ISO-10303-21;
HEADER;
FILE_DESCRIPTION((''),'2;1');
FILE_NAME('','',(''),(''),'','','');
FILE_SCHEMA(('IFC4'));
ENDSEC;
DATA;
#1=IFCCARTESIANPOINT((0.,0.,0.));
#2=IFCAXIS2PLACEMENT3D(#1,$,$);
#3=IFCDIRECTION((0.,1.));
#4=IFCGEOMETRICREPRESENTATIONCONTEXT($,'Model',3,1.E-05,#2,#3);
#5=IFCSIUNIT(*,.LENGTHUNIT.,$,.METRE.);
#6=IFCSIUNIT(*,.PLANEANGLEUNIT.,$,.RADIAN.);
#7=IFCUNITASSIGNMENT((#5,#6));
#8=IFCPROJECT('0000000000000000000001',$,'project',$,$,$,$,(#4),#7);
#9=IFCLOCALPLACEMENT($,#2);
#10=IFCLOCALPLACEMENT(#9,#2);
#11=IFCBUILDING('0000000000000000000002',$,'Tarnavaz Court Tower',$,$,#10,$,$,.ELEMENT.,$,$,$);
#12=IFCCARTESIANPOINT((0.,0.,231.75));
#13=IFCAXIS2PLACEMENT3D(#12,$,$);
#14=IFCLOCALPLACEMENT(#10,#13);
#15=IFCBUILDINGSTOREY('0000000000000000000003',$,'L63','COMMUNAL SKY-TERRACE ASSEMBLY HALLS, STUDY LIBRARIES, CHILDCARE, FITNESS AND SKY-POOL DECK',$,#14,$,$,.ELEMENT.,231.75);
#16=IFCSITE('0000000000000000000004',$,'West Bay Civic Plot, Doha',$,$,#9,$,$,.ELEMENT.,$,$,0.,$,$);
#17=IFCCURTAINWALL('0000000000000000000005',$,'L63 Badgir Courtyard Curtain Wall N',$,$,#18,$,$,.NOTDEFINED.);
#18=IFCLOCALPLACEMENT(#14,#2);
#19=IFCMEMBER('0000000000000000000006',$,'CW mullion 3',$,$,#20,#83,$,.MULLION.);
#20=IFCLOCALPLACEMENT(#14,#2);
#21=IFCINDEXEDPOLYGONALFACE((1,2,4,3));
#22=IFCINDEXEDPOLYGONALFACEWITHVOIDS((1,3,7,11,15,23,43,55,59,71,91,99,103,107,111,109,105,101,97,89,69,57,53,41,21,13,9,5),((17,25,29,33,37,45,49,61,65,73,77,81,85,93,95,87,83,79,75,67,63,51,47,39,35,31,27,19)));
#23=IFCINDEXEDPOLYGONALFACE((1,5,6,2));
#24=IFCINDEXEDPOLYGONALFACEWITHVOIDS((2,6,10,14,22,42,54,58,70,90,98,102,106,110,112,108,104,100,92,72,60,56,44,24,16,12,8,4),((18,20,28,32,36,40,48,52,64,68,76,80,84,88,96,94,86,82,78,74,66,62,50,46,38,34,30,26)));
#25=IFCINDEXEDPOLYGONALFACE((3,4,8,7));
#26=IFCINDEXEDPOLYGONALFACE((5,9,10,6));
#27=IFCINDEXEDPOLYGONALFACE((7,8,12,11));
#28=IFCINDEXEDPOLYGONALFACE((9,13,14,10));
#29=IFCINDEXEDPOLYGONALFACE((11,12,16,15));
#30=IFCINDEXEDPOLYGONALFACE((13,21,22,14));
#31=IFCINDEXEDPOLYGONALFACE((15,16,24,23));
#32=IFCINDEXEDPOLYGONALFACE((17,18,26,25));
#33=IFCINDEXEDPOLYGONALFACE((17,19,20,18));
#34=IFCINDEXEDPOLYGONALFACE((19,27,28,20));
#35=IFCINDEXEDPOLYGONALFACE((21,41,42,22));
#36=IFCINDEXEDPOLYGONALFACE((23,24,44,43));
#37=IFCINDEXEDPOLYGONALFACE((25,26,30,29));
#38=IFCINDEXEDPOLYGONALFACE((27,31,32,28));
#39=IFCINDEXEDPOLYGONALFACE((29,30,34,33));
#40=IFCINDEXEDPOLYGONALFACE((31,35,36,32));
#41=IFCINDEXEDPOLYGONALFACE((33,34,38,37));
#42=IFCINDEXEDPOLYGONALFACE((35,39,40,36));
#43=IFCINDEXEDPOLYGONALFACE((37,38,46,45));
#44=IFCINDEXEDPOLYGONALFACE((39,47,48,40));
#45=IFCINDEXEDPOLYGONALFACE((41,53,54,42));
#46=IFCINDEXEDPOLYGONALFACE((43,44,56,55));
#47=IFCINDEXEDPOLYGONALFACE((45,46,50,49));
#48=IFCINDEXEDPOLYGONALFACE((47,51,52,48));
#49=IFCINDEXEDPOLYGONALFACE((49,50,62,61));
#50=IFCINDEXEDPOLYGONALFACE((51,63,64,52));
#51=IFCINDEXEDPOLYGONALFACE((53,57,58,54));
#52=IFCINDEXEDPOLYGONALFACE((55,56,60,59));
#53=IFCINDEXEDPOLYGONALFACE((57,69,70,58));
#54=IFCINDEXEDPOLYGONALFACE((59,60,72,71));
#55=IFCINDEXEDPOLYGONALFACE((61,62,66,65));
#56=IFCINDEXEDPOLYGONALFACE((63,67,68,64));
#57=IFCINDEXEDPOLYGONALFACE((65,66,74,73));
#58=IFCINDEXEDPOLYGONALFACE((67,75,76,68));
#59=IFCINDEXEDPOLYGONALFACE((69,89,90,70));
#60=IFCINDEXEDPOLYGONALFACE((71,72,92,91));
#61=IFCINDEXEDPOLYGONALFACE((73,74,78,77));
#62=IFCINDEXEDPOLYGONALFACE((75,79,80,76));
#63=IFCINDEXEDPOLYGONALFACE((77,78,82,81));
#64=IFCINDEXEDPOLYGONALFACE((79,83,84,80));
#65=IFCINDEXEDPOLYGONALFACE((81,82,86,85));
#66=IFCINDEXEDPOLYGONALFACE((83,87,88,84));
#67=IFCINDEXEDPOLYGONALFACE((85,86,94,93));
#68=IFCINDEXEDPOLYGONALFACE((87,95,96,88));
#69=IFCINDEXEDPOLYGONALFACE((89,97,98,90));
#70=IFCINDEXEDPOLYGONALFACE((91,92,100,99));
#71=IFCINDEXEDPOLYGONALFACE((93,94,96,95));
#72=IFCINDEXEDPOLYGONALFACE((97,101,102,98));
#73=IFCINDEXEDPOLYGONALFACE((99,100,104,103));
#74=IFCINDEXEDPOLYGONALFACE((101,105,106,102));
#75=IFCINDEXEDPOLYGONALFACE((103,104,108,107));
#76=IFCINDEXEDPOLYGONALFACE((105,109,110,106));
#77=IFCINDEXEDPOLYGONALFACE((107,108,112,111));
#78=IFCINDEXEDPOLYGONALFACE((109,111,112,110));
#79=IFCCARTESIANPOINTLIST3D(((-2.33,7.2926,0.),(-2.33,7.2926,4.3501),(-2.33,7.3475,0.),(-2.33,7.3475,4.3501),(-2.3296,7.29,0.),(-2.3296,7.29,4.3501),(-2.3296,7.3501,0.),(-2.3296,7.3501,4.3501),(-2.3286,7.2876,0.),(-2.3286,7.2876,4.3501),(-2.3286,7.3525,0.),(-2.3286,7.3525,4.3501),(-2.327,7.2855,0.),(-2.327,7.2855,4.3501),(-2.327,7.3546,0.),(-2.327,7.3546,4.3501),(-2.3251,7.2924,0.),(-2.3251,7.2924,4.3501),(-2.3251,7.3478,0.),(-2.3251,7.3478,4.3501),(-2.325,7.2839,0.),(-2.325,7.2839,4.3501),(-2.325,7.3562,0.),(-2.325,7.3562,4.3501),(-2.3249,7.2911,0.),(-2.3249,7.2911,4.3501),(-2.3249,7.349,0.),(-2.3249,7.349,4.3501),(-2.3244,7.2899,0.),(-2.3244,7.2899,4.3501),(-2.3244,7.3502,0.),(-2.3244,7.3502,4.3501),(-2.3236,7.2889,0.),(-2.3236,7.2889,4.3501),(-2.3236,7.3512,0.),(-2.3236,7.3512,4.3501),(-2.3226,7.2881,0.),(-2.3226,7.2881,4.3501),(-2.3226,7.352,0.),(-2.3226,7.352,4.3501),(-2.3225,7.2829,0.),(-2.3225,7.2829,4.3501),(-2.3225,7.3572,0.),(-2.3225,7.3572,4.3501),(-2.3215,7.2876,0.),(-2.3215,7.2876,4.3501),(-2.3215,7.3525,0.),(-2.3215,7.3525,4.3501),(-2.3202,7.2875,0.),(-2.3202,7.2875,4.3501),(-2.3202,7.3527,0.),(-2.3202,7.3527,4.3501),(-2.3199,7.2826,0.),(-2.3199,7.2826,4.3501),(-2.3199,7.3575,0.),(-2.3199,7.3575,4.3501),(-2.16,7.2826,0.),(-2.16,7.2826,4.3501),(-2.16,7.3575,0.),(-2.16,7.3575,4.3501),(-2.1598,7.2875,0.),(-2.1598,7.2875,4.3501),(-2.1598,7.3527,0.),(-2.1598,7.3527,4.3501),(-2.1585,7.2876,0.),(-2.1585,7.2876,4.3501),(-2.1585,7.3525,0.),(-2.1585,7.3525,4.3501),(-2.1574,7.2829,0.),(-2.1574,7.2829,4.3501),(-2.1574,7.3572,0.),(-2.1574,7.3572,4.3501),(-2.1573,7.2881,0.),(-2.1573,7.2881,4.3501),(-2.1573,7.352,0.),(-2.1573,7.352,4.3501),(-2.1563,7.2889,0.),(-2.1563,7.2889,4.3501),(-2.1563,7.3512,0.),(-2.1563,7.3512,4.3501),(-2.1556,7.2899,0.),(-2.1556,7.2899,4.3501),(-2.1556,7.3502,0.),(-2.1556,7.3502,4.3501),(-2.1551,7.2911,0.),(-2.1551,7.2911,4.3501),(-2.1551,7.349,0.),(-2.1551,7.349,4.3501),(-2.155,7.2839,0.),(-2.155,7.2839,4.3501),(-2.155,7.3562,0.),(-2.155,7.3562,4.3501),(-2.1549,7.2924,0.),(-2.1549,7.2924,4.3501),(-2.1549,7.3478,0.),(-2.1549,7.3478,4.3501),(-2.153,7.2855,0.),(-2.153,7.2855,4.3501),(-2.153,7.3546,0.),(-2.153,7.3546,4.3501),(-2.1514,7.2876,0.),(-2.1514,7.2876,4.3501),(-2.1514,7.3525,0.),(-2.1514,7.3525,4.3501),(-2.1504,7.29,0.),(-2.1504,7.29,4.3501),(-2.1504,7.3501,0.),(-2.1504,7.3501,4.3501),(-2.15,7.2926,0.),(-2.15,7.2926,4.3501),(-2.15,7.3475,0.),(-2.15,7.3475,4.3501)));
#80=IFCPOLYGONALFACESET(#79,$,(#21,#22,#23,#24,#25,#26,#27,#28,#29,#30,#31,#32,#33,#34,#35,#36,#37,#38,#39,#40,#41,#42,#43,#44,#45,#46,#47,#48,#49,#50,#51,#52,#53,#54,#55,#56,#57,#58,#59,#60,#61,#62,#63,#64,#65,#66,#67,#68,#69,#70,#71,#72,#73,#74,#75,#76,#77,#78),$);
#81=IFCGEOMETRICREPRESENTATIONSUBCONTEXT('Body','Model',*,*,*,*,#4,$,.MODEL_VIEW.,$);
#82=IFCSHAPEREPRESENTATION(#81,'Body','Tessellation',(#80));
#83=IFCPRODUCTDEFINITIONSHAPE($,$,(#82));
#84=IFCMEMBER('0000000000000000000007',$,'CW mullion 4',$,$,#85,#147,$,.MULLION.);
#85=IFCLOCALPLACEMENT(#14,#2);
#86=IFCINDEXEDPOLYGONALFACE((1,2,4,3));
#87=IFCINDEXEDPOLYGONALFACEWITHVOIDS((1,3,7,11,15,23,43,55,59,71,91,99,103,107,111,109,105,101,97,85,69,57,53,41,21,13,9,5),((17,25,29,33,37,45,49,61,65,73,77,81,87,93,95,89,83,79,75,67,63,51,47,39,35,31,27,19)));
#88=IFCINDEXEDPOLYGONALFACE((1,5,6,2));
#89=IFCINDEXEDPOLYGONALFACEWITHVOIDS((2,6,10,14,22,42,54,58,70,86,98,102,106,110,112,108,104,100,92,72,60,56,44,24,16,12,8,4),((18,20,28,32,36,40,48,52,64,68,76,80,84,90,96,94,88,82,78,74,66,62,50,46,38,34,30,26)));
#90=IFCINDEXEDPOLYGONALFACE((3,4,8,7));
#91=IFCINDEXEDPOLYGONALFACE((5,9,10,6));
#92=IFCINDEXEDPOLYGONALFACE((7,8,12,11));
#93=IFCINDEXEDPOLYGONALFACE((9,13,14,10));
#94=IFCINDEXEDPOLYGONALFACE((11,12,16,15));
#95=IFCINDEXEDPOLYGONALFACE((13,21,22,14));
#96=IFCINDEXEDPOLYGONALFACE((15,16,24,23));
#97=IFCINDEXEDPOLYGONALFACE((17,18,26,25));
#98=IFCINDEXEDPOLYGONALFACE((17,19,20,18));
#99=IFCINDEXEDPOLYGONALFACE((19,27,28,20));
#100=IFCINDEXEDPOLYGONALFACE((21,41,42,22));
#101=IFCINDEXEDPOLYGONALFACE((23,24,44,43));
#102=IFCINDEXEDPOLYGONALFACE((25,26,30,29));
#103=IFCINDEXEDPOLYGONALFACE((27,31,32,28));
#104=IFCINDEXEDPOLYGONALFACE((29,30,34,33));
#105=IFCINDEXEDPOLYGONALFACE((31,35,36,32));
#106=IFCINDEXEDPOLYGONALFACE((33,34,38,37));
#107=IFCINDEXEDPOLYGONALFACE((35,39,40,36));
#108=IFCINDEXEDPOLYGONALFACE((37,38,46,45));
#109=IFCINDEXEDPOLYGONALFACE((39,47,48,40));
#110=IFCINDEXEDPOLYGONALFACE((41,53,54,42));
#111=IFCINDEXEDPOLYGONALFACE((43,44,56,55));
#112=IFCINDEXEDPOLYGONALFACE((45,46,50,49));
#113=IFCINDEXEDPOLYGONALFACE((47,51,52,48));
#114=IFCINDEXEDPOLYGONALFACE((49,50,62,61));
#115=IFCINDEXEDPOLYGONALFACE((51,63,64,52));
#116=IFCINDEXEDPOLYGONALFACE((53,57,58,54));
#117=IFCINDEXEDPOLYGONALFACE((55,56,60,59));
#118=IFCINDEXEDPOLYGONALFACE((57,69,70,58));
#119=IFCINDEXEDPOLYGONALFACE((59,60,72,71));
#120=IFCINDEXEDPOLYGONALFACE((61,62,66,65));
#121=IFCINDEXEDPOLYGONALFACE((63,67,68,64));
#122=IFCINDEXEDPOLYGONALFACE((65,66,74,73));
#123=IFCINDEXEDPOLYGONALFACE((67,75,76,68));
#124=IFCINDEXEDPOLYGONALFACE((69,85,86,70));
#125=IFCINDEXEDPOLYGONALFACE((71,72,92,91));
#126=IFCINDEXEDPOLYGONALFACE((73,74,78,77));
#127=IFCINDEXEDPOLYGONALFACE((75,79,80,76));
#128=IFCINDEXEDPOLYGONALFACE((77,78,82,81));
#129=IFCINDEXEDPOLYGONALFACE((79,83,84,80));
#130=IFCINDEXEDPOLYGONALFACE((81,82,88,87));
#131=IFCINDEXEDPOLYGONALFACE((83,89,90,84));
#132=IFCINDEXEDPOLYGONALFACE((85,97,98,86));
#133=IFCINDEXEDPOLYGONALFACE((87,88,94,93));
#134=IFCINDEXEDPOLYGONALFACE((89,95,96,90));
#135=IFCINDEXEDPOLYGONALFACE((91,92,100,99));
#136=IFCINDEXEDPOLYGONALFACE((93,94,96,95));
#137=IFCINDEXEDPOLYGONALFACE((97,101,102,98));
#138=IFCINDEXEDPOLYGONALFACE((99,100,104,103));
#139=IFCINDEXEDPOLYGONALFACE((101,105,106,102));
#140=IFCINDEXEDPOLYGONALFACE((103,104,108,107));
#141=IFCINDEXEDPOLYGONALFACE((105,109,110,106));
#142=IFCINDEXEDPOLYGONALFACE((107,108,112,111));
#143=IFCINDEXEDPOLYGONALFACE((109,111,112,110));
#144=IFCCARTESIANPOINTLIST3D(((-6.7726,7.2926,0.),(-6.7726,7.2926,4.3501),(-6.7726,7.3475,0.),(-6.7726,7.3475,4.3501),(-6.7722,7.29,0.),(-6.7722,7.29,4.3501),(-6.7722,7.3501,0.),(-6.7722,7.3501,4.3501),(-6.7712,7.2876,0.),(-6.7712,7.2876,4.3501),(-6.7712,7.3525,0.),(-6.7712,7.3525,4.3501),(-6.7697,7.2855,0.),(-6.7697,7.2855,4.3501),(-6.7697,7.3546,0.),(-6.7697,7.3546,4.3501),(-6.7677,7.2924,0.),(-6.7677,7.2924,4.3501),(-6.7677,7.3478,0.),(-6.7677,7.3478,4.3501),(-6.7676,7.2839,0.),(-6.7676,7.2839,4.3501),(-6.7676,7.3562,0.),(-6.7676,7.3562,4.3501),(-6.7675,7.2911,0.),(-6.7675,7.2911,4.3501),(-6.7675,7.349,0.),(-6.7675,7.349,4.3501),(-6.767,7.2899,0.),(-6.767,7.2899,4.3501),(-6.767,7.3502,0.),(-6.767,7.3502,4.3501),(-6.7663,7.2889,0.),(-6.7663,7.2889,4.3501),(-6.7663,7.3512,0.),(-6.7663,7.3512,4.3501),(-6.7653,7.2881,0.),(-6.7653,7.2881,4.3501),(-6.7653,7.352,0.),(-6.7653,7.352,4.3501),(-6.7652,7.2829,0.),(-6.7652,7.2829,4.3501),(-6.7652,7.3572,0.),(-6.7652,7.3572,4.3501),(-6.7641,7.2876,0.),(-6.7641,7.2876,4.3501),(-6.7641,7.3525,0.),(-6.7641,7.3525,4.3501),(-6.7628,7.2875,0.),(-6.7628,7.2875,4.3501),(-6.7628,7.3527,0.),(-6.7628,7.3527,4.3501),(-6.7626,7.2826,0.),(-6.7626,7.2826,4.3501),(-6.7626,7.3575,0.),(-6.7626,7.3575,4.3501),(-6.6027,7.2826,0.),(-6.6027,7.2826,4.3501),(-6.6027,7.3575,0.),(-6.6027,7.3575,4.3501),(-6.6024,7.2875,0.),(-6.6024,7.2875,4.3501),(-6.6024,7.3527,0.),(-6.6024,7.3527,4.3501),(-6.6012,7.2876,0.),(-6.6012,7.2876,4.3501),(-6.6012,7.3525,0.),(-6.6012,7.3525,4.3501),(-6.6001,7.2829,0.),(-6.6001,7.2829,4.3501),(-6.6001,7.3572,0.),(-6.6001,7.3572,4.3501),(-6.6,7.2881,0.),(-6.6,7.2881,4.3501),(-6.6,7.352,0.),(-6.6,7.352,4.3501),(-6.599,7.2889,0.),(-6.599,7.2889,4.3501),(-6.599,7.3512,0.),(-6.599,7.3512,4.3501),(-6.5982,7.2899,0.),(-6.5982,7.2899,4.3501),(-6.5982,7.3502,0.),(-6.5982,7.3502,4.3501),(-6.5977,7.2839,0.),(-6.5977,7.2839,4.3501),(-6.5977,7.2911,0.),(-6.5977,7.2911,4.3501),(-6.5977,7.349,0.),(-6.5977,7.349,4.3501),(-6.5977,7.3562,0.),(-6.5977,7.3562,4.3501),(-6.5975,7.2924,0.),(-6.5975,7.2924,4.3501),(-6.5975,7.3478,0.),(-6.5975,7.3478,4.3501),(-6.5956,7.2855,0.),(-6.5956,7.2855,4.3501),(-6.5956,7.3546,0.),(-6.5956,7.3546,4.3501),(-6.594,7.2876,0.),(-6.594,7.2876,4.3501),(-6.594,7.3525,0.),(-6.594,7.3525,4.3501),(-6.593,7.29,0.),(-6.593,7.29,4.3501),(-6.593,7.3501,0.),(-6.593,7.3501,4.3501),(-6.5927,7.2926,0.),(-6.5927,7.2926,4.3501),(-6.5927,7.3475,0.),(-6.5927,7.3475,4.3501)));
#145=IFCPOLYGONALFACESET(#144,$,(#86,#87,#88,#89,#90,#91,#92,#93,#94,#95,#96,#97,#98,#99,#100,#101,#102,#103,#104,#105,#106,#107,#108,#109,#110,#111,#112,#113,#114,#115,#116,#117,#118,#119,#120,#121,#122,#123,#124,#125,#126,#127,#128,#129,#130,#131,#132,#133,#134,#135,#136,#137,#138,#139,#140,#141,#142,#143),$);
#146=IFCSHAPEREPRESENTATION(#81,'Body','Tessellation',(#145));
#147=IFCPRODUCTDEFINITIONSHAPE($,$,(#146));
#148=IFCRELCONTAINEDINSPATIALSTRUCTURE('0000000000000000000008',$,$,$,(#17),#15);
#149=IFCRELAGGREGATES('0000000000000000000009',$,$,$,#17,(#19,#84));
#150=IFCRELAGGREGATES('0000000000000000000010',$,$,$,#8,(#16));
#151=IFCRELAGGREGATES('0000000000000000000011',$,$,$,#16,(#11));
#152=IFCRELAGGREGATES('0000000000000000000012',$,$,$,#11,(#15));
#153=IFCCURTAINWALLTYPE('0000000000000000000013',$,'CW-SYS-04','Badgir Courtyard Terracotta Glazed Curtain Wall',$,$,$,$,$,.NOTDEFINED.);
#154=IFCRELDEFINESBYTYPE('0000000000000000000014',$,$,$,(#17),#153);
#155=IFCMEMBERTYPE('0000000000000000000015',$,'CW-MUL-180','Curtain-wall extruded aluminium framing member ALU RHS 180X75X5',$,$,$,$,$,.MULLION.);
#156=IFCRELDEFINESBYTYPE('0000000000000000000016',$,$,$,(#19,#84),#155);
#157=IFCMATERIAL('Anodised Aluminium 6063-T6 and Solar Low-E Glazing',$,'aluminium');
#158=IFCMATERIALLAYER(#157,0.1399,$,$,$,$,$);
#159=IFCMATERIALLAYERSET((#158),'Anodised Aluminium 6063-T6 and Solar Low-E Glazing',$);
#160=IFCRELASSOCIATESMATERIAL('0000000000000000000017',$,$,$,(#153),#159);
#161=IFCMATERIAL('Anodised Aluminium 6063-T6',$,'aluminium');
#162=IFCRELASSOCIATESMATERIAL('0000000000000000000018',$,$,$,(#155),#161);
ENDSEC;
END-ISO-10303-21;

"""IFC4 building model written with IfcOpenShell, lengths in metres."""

from ifc_helpers import new_model, si_unit, direction, frame, origin, origin_2d, place, context, subcontext, project, spatial, hollow_rectangle, extrude, material, layer, layer_set, material_profile, profile_set, type_object, element, aggregate, save


model = new_model("IFC4")

# Units and contexts
model_context = context("Model", 3, precision=1e-05, world=origin(), true_north=direction((0.0, 1.0)))
body_context = subcontext(model_context, "Body", "Model", "MODEL_VIEW")
ifc_project = project(units=[si_unit("LENGTHUNIT", "METRE"), si_unit("PLANEANGLEUNIT", "RADIAN")], contexts=[model_context])

# Site, building, storey
site_placement = place(None, origin())
site = spatial("IfcSite", under=ifc_project, at=site_placement, Name="West Bay Civic Plot, Doha", CompositionType="ELEMENT", RefElevation=0.0)
building_placement = place(site_placement, origin())
building = spatial("IfcBuilding", under=site, at=building_placement, Name="Tarnavaz Court Tower", CompositionType="ELEMENT")
storey_placement = place(building_placement, frame((0.0, 0.0, 231.75)))
storey = spatial("IfcBuildingStorey", under=building, at=storey_placement, Name="L63", Description="COMMUNAL SKY-TERRACE ASSEMBLY HALLS, STUDY LIBRARIES, CHILDCARE, FITNESS AND SKY-POOL DECK", CompositionType="ELEMENT", Elevation=231.75)

# Curtain wall, members
ifc_material_1 = material(Name="Anodised Aluminium 6063-T6 and Solar Low-E Glazing", Category="aluminium")
ifc_layer_1 = layer(ifc_material_1, 0.1399)
ifc_layer_set_1 = layer_set([ifc_layer_1], Name="Anodised Aluminium 6063-T6 and Solar Low-E Glazing")
curtain_wall_type = type_object("IfcCurtainWallType", Name="CW-SYS-04", Description="Badgir Courtyard Terracotta Glazed Curtain Wall", PredefinedType="NOTDEFINED", material=ifc_layer_set_1)
curtain_wall_placement = place(storey_placement, origin())
curtain_wall = element("IfcCurtainWall", 1, at=curtain_wall_placement, inside=storey, type_object=curtain_wall_type, Name="L63 Badgir Courtyard Curtain Wall N", PredefinedType="NOTDEFINED")
ifc_material_2 = material(Name="Anodised Aluminium 6063-T6", Category="aluminium")
ifc_material_profile_1 = material_profile(ifc_material_2, hollow_rectangle(XDim=0.075, YDim=0.1799, WallThickness=0.0049, InnerFilletRadius=0.0049, OuterFilletRadius=0.01, at=origin_2d()), Name="ALU RHS 180X75X5")
ifc_profile_set_1 = profile_set([ifc_material_profile_1], Name="Anodised Aluminium 6063-T6")
member_type_1 = type_object("IfcMemberType", Name="CW-MUL-180", Description="Curtain-wall extruded aluminium framing member ALU RHS 180X75X5", PredefinedType="MULLION", material=ifc_profile_set_1)
member_1_placement = place(storey_placement, frame((-2.24, 7.3201, 0.0), z_axis=(0.0, 0.0, 1.0), x_axis=(0.0, -1.0, 0.0)))
member_1 = element("IfcMember", 2, at=member_1_placement, type_object=member_type_1, Name="CW mullion 3", PredefinedType="MULLION", context=body_context, shape_type="SweptSolid", body=[
    extrude(hollow_rectangle(XDim=0.075, YDim=0.1799, WallThickness=0.0049, InnerFilletRadius=0.0049, OuterFilletRadius=0.01, at=origin_2d()), origin(), (0.0, 0.0, 1.0), 4.3501),
])
member_2_placement = place(storey_placement, frame((-6.6826, 7.3201, 0.0), z_axis=(0.0, 0.0, 1.0), x_axis=(0.0, -1.0, 0.0)))
member_2 = element("IfcMember", 3, at=member_2_placement, type_object=member_type_1, Name="CW mullion 4", PredefinedType="MULLION", context=body_context, shape_type="SweptSolid", body=[
    extrude(hollow_rectangle(XDim=0.075, YDim=0.1799, WallThickness=0.0049, InnerFilletRadius=0.0049, OuterFilletRadius=0.01, at=origin_2d()), origin(), (0.0, 0.0, 1.0), 4.3501),
])
aggregate(curtain_wall, [member_1, member_2])

save(model, "model.ifc")
